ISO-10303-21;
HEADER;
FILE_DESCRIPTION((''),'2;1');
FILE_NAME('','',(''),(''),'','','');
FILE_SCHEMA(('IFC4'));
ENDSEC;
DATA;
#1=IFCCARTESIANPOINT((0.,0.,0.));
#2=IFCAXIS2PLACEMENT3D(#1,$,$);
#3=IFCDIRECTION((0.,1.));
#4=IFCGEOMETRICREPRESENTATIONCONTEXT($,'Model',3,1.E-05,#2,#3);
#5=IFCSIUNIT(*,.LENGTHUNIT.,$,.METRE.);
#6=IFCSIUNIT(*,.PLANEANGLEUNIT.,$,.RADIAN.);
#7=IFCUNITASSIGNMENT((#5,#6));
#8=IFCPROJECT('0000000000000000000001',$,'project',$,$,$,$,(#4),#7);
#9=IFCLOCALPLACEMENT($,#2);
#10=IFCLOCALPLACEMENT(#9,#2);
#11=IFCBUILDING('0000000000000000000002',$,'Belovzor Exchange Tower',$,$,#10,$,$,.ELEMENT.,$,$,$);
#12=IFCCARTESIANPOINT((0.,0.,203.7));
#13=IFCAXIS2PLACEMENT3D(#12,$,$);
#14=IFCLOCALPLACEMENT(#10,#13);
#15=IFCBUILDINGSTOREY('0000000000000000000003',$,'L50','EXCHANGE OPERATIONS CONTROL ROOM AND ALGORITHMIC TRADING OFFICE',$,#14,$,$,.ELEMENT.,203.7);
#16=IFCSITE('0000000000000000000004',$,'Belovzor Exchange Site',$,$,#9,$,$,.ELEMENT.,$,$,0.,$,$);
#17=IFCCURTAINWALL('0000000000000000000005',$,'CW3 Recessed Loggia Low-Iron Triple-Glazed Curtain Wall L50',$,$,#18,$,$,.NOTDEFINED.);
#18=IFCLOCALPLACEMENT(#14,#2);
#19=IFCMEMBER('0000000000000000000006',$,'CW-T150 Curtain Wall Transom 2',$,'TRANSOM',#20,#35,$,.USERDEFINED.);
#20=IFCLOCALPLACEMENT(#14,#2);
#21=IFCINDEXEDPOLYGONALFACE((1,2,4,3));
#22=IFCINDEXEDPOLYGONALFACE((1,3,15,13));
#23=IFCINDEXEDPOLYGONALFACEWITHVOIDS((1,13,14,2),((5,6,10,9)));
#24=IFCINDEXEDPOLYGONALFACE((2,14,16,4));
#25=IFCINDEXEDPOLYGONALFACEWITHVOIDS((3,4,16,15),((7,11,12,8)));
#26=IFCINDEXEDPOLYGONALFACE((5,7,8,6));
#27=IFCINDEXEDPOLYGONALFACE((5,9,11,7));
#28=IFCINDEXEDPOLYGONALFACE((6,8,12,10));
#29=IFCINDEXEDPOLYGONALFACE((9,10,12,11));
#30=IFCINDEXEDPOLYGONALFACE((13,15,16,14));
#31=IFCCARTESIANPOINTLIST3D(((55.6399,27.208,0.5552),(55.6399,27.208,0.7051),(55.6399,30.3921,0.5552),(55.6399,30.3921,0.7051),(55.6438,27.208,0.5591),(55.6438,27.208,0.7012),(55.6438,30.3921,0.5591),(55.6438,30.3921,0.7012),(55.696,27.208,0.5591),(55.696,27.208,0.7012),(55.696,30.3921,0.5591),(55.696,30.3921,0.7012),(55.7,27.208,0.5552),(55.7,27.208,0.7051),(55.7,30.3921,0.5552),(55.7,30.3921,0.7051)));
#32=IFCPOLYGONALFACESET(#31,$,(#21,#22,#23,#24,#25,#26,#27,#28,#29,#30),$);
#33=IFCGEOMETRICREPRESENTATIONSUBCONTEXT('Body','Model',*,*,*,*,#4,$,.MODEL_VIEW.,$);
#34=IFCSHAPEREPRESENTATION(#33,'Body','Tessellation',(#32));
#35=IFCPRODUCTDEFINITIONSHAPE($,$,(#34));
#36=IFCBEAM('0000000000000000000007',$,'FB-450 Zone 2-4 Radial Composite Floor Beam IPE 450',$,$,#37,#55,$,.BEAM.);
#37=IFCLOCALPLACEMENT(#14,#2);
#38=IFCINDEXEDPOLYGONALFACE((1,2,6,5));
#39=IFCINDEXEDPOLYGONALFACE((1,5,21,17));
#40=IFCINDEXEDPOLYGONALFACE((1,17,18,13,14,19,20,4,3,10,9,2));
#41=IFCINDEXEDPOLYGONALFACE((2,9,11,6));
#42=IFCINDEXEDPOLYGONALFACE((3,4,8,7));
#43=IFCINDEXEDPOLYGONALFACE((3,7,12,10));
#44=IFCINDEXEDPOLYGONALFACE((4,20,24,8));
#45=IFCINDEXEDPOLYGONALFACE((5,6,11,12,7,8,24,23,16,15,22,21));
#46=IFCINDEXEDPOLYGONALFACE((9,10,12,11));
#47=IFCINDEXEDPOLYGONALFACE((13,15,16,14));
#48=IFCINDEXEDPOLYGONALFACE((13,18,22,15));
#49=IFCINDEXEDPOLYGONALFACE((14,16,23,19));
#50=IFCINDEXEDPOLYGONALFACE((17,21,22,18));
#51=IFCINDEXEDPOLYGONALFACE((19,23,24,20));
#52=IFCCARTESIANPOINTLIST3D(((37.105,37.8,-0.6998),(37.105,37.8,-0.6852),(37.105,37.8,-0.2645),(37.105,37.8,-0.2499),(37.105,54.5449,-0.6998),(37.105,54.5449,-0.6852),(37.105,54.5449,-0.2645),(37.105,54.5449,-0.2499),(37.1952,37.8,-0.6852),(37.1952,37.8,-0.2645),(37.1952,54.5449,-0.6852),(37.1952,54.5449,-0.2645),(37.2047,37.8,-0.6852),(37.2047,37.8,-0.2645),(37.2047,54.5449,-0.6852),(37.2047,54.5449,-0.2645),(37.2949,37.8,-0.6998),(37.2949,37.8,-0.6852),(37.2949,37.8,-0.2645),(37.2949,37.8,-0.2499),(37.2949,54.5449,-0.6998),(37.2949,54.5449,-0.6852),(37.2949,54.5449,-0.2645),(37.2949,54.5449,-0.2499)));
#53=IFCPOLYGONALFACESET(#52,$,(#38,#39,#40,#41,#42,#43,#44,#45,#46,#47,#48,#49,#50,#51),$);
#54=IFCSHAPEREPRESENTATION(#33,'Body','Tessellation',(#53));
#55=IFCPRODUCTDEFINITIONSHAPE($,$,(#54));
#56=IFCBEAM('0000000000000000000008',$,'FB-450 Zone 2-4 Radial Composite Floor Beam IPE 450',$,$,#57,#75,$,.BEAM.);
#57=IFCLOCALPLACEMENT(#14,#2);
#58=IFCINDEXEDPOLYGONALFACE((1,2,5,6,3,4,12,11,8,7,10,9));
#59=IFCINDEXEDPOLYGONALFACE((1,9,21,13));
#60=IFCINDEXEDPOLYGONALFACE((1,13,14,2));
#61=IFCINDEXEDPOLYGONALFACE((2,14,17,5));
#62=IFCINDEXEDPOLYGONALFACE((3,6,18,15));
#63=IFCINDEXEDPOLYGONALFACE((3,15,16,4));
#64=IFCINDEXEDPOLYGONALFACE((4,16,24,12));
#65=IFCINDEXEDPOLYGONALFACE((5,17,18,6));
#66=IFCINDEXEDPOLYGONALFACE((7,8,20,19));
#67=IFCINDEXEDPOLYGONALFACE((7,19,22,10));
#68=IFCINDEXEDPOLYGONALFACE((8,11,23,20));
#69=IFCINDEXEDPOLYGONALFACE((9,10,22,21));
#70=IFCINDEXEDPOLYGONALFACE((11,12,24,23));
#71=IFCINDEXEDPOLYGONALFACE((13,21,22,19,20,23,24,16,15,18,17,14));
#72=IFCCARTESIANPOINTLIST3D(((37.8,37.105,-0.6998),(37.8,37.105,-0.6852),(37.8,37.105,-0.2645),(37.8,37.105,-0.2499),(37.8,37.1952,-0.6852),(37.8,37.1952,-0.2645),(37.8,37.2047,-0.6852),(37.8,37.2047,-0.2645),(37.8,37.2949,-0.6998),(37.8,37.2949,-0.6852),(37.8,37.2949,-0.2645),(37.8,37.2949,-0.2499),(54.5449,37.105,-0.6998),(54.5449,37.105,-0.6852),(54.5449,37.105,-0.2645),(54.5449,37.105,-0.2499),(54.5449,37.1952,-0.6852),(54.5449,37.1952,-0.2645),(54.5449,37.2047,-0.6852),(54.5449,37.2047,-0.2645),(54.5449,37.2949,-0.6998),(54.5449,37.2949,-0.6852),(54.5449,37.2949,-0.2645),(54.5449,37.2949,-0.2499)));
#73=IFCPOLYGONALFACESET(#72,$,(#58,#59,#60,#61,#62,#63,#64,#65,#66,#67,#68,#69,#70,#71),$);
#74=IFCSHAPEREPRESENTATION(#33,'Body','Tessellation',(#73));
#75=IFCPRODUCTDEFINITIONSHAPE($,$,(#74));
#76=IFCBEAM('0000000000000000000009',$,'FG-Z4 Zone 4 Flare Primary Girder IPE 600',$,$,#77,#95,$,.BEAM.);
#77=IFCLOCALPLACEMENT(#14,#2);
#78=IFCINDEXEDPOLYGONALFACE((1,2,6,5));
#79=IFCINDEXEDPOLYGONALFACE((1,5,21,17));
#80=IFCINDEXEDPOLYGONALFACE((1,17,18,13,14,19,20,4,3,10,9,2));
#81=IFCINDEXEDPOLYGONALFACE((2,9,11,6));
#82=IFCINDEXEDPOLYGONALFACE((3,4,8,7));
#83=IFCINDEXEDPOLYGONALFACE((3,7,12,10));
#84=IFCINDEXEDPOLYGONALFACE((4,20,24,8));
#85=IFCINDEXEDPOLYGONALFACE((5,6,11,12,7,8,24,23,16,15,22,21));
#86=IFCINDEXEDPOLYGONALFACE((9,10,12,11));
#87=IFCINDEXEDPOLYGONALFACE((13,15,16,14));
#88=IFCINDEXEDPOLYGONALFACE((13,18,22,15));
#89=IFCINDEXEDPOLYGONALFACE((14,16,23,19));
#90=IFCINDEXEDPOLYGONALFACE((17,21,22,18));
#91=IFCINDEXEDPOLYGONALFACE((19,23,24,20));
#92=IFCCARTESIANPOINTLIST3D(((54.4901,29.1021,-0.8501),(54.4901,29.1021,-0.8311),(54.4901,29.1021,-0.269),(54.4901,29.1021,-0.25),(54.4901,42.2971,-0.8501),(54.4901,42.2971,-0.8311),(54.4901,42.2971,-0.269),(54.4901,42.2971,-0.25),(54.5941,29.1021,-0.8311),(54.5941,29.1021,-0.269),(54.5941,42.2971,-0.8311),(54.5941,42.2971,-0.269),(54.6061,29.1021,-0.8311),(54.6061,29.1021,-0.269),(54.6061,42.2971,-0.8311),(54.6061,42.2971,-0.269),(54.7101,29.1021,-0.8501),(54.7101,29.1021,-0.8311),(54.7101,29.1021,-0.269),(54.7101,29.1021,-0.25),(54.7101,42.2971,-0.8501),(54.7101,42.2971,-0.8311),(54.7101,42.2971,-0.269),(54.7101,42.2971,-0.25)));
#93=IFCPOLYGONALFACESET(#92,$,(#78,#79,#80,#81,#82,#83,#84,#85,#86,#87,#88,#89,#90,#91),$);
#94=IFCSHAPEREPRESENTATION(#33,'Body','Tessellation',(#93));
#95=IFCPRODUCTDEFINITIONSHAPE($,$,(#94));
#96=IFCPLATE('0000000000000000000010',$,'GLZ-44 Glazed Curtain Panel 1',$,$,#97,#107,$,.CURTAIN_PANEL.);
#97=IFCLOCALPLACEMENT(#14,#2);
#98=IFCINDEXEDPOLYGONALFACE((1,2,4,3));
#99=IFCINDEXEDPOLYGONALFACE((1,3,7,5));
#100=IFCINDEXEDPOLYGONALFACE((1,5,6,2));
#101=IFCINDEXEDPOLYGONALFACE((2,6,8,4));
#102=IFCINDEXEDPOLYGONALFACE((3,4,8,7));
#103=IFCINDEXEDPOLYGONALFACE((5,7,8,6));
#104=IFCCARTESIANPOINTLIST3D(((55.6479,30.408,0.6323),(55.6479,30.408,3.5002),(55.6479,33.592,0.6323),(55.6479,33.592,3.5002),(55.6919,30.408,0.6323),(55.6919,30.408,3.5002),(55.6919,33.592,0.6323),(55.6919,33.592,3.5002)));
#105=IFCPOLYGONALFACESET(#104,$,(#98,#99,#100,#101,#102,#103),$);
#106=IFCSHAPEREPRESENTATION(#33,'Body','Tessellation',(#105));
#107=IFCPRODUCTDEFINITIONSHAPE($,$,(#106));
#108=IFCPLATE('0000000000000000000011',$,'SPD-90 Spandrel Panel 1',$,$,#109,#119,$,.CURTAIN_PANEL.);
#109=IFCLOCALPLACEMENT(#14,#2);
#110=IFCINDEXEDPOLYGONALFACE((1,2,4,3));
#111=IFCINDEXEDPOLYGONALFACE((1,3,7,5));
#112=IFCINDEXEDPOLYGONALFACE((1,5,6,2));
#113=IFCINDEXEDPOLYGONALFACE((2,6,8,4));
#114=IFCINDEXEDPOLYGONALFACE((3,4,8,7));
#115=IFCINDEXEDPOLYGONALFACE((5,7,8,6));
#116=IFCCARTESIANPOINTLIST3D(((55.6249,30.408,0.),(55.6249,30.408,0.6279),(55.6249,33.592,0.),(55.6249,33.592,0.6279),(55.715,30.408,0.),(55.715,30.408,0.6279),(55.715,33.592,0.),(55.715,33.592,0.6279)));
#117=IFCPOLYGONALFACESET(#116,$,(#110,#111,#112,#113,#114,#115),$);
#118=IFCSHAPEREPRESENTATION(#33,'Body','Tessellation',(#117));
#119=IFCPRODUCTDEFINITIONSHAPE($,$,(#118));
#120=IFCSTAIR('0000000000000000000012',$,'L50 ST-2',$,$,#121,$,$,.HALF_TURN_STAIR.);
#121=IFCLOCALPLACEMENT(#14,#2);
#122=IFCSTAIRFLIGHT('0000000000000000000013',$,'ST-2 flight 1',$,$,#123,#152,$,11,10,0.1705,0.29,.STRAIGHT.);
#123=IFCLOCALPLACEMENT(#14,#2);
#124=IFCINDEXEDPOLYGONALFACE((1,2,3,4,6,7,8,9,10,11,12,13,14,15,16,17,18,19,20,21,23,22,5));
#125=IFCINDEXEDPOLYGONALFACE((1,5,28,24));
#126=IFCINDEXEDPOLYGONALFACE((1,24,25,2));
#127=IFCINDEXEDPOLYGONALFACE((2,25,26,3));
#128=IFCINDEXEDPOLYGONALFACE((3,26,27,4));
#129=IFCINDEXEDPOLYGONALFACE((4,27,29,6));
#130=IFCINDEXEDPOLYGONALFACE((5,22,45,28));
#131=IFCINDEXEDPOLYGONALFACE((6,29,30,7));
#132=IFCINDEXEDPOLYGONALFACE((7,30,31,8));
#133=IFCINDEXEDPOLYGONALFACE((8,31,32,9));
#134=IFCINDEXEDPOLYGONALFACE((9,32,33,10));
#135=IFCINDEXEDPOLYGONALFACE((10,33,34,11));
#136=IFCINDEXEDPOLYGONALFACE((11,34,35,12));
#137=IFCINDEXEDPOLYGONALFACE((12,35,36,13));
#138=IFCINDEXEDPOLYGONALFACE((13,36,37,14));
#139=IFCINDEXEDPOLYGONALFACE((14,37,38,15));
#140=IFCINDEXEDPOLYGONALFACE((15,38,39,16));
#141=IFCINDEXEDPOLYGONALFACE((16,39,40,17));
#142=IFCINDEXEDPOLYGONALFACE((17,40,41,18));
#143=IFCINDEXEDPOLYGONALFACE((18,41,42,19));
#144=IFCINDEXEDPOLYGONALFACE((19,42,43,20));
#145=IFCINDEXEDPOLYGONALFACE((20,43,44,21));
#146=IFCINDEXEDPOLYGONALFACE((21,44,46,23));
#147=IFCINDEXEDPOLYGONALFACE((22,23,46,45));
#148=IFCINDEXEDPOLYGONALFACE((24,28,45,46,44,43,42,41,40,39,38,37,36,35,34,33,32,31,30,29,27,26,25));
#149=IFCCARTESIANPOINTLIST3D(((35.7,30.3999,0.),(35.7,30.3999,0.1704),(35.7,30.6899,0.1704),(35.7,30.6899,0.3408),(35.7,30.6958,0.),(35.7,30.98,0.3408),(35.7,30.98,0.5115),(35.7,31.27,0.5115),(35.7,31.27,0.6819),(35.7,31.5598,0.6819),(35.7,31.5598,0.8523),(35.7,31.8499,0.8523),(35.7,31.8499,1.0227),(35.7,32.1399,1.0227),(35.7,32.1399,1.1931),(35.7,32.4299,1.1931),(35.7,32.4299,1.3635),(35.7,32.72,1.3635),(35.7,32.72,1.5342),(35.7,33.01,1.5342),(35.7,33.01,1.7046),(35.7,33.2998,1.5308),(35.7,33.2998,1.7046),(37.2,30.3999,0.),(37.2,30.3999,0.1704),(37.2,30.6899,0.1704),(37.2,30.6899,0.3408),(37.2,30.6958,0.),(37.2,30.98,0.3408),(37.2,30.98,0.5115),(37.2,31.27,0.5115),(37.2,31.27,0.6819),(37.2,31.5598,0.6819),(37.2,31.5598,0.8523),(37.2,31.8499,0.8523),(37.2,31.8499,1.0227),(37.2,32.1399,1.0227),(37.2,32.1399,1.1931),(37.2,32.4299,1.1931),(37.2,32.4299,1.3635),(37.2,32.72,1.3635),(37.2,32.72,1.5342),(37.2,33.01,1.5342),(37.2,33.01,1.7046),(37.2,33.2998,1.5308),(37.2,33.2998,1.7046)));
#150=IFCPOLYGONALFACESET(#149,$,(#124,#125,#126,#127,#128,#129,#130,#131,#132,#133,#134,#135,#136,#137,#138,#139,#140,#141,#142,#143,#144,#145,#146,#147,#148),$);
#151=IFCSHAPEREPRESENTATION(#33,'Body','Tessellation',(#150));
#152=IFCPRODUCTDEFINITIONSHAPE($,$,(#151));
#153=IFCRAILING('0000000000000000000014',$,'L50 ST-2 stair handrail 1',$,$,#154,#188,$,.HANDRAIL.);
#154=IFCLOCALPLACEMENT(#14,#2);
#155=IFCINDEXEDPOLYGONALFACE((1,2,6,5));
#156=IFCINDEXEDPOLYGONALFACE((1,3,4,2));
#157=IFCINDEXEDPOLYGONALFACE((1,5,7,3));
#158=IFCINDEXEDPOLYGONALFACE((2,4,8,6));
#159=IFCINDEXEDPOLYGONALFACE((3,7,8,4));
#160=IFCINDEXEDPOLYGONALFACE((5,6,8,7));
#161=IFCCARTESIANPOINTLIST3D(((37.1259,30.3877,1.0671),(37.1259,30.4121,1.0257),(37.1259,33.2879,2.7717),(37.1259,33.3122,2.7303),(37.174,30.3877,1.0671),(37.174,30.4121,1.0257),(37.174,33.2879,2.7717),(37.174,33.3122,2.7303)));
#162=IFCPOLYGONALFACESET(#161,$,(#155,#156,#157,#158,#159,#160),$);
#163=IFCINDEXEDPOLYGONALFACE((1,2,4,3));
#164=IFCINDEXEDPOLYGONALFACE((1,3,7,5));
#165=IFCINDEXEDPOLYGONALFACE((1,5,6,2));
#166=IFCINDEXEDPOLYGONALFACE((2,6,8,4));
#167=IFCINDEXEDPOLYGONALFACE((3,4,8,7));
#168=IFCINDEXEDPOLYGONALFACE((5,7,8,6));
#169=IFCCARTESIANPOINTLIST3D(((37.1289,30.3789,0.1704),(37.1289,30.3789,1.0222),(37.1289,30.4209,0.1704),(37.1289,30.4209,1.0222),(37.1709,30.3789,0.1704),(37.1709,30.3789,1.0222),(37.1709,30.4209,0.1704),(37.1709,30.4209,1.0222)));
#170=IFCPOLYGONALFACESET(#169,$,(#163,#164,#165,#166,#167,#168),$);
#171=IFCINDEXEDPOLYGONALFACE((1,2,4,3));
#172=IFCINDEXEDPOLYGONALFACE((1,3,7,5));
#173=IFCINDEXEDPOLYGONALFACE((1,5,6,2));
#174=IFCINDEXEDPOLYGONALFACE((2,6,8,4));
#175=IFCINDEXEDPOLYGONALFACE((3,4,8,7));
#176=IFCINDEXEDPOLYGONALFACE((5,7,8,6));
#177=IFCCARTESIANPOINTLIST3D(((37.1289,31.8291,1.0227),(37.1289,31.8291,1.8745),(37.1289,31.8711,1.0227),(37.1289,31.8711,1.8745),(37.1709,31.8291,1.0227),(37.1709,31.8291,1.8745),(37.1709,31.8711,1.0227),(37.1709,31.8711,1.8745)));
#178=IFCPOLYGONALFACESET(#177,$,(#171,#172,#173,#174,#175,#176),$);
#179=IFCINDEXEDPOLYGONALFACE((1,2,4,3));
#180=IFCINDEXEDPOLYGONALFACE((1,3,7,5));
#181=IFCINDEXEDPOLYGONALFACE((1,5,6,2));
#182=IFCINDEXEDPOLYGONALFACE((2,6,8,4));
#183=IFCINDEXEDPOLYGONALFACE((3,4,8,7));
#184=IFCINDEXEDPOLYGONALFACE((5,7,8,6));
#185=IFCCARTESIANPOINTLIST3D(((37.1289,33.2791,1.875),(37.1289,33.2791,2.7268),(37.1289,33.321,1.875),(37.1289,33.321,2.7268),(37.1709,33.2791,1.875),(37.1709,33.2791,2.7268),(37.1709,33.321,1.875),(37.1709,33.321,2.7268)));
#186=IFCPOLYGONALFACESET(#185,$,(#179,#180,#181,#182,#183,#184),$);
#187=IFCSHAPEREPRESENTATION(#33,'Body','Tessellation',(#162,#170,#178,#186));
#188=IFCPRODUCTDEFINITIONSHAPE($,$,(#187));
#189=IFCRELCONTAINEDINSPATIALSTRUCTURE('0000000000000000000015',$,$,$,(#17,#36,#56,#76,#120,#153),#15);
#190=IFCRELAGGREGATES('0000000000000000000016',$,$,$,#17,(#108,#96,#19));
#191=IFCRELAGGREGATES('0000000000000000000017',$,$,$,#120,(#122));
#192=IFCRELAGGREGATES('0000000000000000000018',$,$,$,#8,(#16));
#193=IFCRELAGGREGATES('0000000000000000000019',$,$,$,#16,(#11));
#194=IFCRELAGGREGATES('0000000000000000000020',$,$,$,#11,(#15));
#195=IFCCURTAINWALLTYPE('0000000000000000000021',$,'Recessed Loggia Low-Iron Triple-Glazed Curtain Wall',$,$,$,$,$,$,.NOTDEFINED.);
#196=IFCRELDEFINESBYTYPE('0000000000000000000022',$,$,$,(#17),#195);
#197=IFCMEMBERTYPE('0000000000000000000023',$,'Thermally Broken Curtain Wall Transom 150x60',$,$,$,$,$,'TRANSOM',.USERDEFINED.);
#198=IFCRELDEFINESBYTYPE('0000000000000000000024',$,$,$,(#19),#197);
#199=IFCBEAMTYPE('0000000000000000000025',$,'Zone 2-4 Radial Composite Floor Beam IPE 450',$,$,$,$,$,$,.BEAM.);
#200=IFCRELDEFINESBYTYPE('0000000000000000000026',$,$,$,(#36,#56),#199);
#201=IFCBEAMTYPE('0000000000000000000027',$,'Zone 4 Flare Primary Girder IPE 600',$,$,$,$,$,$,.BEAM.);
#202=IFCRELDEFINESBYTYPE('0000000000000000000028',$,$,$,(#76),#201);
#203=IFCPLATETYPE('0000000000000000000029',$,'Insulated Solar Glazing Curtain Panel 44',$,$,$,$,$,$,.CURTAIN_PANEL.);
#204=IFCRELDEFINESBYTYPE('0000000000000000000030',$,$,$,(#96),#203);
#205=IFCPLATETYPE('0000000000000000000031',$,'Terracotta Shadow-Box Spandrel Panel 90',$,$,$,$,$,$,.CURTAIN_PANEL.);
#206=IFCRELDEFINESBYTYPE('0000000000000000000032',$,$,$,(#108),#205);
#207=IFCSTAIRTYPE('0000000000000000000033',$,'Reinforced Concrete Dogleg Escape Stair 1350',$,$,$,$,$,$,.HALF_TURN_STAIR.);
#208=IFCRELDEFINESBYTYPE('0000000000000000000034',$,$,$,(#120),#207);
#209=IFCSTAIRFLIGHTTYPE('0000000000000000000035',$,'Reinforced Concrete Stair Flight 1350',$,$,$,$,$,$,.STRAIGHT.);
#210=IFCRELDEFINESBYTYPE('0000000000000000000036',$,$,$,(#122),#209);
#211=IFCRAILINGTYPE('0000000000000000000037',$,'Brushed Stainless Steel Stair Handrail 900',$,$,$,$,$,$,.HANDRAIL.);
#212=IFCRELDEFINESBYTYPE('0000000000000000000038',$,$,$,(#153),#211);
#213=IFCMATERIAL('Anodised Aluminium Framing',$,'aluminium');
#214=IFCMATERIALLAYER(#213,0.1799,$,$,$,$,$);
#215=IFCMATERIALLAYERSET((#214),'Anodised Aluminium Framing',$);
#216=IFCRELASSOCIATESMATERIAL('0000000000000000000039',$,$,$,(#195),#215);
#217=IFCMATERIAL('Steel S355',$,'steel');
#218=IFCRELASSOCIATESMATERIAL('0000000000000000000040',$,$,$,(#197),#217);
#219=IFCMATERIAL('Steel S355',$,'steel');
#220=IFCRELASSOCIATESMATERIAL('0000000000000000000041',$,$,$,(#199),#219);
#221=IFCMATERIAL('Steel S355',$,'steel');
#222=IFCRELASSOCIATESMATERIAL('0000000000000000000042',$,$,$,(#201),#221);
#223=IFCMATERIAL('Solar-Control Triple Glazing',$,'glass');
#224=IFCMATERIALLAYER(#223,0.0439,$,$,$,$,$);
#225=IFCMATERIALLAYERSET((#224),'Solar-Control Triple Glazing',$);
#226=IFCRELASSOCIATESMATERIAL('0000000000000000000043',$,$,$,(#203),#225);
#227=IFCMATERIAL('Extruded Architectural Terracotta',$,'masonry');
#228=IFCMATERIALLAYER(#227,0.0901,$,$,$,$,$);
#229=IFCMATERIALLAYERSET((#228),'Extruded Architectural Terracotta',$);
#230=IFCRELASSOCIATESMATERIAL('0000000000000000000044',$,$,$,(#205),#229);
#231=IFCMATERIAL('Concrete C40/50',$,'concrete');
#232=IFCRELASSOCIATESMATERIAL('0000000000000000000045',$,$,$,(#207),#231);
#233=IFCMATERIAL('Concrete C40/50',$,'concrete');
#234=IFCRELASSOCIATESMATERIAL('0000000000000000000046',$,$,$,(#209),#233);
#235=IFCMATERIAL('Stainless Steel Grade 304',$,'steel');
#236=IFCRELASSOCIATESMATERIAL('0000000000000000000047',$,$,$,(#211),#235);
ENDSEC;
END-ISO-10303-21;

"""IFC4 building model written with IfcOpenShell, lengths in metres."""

from ifc_helpers import new_model, si_unit, direction, frame, origin, origin_2d, place, context, subcontext, project, spatial, polyline, rectangle, hollow_rectangle, i_section, outline, extrude, material, layer, layer_set, material_profile, profile_set, type_object, element, aggregate, save


model = new_model("IFC4")

# Units and contexts
model_context = context("Model", 3, precision=1e-05, world=origin(), true_north=direction((0.0, 1.0)))
body_context = subcontext(model_context, "Body", "Model", "MODEL_VIEW")
ifc_project = project(units=[si_unit("LENGTHUNIT", "METRE"), si_unit("PLANEANGLEUNIT", "RADIAN")], contexts=[model_context])

# Site, building, storey
site_placement = place(None, origin())
site = spatial("IfcSite", under=ifc_project, at=site_placement, Name="Belovzor Exchange Site", CompositionType="ELEMENT", RefElevation=0.0)
building_placement = place(site_placement, origin())
building = spatial("IfcBuilding", under=site, at=building_placement, Name="Belovzor Exchange Tower", CompositionType="ELEMENT")
storey_placement = place(building_placement, frame((0.0, 0.0, 203.7)))
storey = spatial("IfcBuildingStorey", under=building, at=storey_placement, Name="L50", Description="EXCHANGE OPERATIONS CONTROL ROOM AND ALGORITHMIC TRADING OFFICE", CompositionType="ELEMENT", Elevation=203.7)

# Curtain wall, member
ifc_material_1 = material(Name="Anodised Aluminium Framing", Category="aluminium")
ifc_layer_1 = layer(ifc_material_1, 0.1799)
ifc_layer_set_1 = layer_set([ifc_layer_1], Name="Anodised Aluminium Framing")
curtain_wall_type = type_object("IfcCurtainWallType", Name="Recessed Loggia Low-Iron Triple-Glazed Curtain Wall", PredefinedType="NOTDEFINED", material=ifc_layer_set_1)
curtain_wall_placement = place(storey_placement, origin())
curtain_wall = element("IfcCurtainWall", 1, at=curtain_wall_placement, inside=storey, type_object=curtain_wall_type, Name="CW3 Recessed Loggia Low-Iron Triple-Glazed Curtain Wall L50", PredefinedType="NOTDEFINED")
ifc_material_2 = material(Name="Steel S355", Category="steel")
ifc_material_profile_1 = material_profile(ifc_material_2, hollow_rectangle(XDim=0.0601, YDim=0.1499, WallThickness=0.0039, at=origin_2d()))
ifc_profile_set_1 = profile_set([ifc_material_profile_1], Name="Steel S355")
member_type_1 = type_object("IfcMemberType", Name="Thermally Broken Curtain Wall Transom 150x60", ElementType="TRANSOM", PredefinedType="USERDEFINED", material=ifc_profile_set_1)
member_1_placement = place(storey_placement, frame((55.6699, 30.3921, 0.6301), z_axis=(0.0, -1.0, 0.0), x_axis=(1.0, 0.0, 0.0)))
member_1 = element("IfcMember", 2, at=member_1_placement, type_object=member_type_1, Name="CW-T150 Curtain Wall Transom 2", ObjectType="TRANSOM", PredefinedType="USERDEFINED", context=body_context, shape_type="SweptSolid", body=[
    extrude(hollow_rectangle(XDim=0.0601, YDim=0.1499, WallThickness=0.0039, at=origin_2d()), origin(), (0.0, 0.0, 1.0), 3.1841),
])

# Beams
ifc_material_3 = material(Name="Steel S355", Category="steel")
ifc_material_profile_2 = material_profile(ifc_material_3, i_section(OverallWidth=0.1899, OverallDepth=0.45, WebThickness=0.0095, FlangeThickness=0.0146, at=origin_2d()))
ifc_profile_set_2 = profile_set([ifc_material_profile_2], Name="Steel S355")
beam_type_1 = type_object("IfcBeamType", Name="Zone 2-4 Radial Composite Floor Beam IPE 450", PredefinedType="BEAM", material=ifc_profile_set_2)
for number, where, z_axis, x_axis, name in (
    (3, (37.2, 37.8, -0.4749), (0.0, 1.0, 0.0), (-1.0, 0.0, 0.0), "FB-450 Zone 2-4 Radial Composite Floor Beam IPE 450"),
    (4, (37.8, 37.2, -0.4749), (1.0, 0.0, 0.0), (0.0, 1.0, 0.0), "FB-450 Zone 2-4 Radial Composite Floor Beam IPE 450"),
):
    element("IfcBeam", number, at=place(storey_placement, frame(where, z_axis=z_axis, x_axis=x_axis)), inside=storey, type_object=beam_type_1, Name=name, PredefinedType="BEAM", context=body_context, shape_type="SweptSolid", body=[
        extrude(i_section(OverallWidth=0.1899, OverallDepth=0.45, WebThickness=0.0095, FlangeThickness=0.0146, at=origin_2d()), origin(), (0.0, 0.0, 1.0), 16.7449),
    ])
ifc_material_4 = material(Name="Steel S355", Category="steel")
ifc_material_profile_3 = material_profile(ifc_material_4, i_section(OverallWidth=0.22, OverallDepth=0.6001, WebThickness=0.012, FlangeThickness=0.019, at=origin_2d()))
ifc_profile_set_3 = profile_set([ifc_material_profile_3], Name="Steel S355")
beam_type_2 = type_object("IfcBeamType", Name="Zone 4 Flare Primary Girder IPE 600", PredefinedType="BEAM", material=ifc_profile_set_3)
beam_1_placement = place(storey_placement, frame((54.6001, 29.1021, -0.55), z_axis=(0.0, 1.0, 0.0), x_axis=(-1.0, 0.0, 0.0)))
element("IfcBeam", 5, at=beam_1_placement, inside=storey, type_object=beam_type_2, Name="FG-Z4 Zone 4 Flare Primary Girder IPE 600", PredefinedType="BEAM", context=body_context, shape_type="SweptSolid", body=[
    extrude(i_section(OverallWidth=0.22, OverallDepth=0.6001, WebThickness=0.012, FlangeThickness=0.019, at=origin_2d()), origin(), (0.0, 0.0, 1.0), 13.1951),
])

# Plates
ifc_material_5 = material(Name="Solar-Control Triple Glazing", Category="glass")
ifc_layer_2 = layer(ifc_material_5, 0.0439)
ifc_layer_set_2 = layer_set([ifc_layer_2], Name="Solar-Control Triple Glazing")
plate_type_1 = type_object("IfcPlateType", Name="Insulated Solar Glazing Curtain Panel 44", PredefinedType="CURTAIN_PANEL", material=ifc_layer_set_2)
plate_1_placement = place(storey_placement, frame((55.6699, 32.0, 0.6323), z_axis=(0.0, 0.0, 1.0), x_axis=(0.0, -1.0, 0.0)))
plate_1 = element("IfcPlate", 6, at=plate_1_placement, type_object=plate_type_1, Name="GLZ-44 Glazed Curtain Panel 1", PredefinedType="CURTAIN_PANEL", context=body_context, shape_type="SweptSolid", body=[
    extrude(rectangle(XDim=3.1841, YDim=0.0439, at=origin_2d()), origin(), (0.0, 0.0, 1.0), 2.8679),
])
ifc_material_6 = material(Name="Extruded Architectural Terracotta", Category="masonry")
ifc_layer_3 = layer(ifc_material_6, 0.0901)
ifc_layer_set_3 = layer_set([ifc_layer_3], Name="Extruded Architectural Terracotta")
plate_type_2 = type_object("IfcPlateType", Name="Terracotta Shadow-Box Spandrel Panel 90", PredefinedType="CURTAIN_PANEL", material=ifc_layer_set_3)
plate_2_placement = place(storey_placement, frame((55.6699, 32.0, 0.0), z_axis=(0.0, 0.0, 1.0), x_axis=(0.0, -1.0, 0.0)))
plate_2 = element("IfcPlate", 7, at=plate_2_placement, type_object=plate_type_2, Name="SPD-90 Spandrel Panel 1", PredefinedType="CURTAIN_PANEL", context=body_context, shape_type="SweptSolid", body=[
    extrude(rectangle(XDim=3.1841, YDim=0.0901, at=origin_2d()), origin(), (0.0, 0.0, 1.0), 0.6279),
])
aggregate(curtain_wall, [plate_2, plate_1, member_1])

# Stair, stair flight
ifc_material_7 = material(Name="Concrete C40/50", Category="concrete")
stair_type = type_object("IfcStairType", Name="Reinforced Concrete Dogleg Escape Stair 1350", PredefinedType="HALF_TURN_STAIR", material=ifc_material_7)
stair_placement = place(storey_placement, origin())
stair = element("IfcStair", 8, at=stair_placement, inside=storey, type_object=stair_type, Name="L50 ST-2", PredefinedType="HALF_TURN_STAIR")
ifc_material_8 = material(Name="Concrete C40/50", Category="concrete")
stair_flight_type = type_object("IfcStairFlightType", Name="Reinforced Concrete Stair Flight 1350", PredefinedType="STRAIGHT", material=ifc_material_8)
stair_flight_placement = place(storey_placement, frame((36.45, 30.3999, 0.0), z_axis=(0.0, 0.0, 1.0), x_axis=(0.0, 1.0, 0.0)))
stair_flight = element("IfcStairFlight", 9, at=stair_flight_placement, type_object=stair_flight_type, Name="ST-2 flight 1", NumberOfRisers=11, NumberOfTreads=10, PredefinedType="STRAIGHT", RiserHeight=0.1705, TreadLength=0.29, context=body_context, shape_type="SweptSolid", body=[
    extrude(outline(polyline([(0.0, 0.0), (0.0, 0.1704), (0.29, 0.1704), (0.29, 0.3408), (0.5801, 0.3408), (0.5801, 0.5115), (0.8701, 0.5115), (0.8701, 0.6819), (1.1599, 0.6819), (1.1599, 0.8523), (1.45, 0.8523), (1.45, 1.0227), (1.74, 1.0227), (1.74, 1.1931), (2.03, 1.1931), (2.03, 1.3635), (2.3201, 1.3635), (2.3201, 1.5342), (2.6101, 1.5342), (2.6101, 1.7046), (2.8999, 1.7046), (2.8999, 1.875), (2.8999, 1.5308), (0.2959, 0.0), (0.0, 0.0)])), frame((0.0, 0.75, 0.0), z_axis=(0.0, -1.0, 0.0), x_axis=(1.0, 0.0, 0.0)), (0.0, 0.0, 1.0), 1.5),
])
aggregate(stair, [stair_flight])

# Railing
ifc_material_9 = material(Name="Stainless Steel Grade 304", Category="steel")
railing_type_1 = type_object("IfcRailingType", Name="Brushed Stainless Steel Stair Handrail 900", PredefinedType="HANDRAIL", material=ifc_material_9)
railing_1_placement = place(storey_placement, frame((37.1499, 30.3999, 0.1704)))
element("IfcRailing", 10, at=railing_1_placement, inside=storey, type_object=railing_type_1, Name="L50 ST-2 stair handrail 1", PredefinedType="HANDRAIL", context=body_context, shape_type="SweptSolid", body=[
    extrude(rectangle(XDim=0.0481, YDim=0.0481, at=origin_2d()), frame((0.0, 0.0, 0.876), z_axis=(0.0, 0.862113, 0.506716), x_axis=(-1.0, 0.0, 0.0)), (0.0, 0.0, 1.0), 3.364),
    extrude(rectangle(XDim=0.042, YDim=0.042, at=origin_2d()), origin(), (0.0, 0.0, 1.0), 0.8518),
    extrude(rectangle(XDim=0.042, YDim=0.042, at=origin_2d()), frame((0.0, 1.4502, 0.8523)), (0.0, 0.0, 1.0), 0.8518),
    extrude(rectangle(XDim=0.042, YDim=0.042, at=origin_2d()), frame((0.0, 2.9001, 1.7046)), (0.0, 0.0, 1.0), 0.8518),
])

save(model, "model.ifc")
